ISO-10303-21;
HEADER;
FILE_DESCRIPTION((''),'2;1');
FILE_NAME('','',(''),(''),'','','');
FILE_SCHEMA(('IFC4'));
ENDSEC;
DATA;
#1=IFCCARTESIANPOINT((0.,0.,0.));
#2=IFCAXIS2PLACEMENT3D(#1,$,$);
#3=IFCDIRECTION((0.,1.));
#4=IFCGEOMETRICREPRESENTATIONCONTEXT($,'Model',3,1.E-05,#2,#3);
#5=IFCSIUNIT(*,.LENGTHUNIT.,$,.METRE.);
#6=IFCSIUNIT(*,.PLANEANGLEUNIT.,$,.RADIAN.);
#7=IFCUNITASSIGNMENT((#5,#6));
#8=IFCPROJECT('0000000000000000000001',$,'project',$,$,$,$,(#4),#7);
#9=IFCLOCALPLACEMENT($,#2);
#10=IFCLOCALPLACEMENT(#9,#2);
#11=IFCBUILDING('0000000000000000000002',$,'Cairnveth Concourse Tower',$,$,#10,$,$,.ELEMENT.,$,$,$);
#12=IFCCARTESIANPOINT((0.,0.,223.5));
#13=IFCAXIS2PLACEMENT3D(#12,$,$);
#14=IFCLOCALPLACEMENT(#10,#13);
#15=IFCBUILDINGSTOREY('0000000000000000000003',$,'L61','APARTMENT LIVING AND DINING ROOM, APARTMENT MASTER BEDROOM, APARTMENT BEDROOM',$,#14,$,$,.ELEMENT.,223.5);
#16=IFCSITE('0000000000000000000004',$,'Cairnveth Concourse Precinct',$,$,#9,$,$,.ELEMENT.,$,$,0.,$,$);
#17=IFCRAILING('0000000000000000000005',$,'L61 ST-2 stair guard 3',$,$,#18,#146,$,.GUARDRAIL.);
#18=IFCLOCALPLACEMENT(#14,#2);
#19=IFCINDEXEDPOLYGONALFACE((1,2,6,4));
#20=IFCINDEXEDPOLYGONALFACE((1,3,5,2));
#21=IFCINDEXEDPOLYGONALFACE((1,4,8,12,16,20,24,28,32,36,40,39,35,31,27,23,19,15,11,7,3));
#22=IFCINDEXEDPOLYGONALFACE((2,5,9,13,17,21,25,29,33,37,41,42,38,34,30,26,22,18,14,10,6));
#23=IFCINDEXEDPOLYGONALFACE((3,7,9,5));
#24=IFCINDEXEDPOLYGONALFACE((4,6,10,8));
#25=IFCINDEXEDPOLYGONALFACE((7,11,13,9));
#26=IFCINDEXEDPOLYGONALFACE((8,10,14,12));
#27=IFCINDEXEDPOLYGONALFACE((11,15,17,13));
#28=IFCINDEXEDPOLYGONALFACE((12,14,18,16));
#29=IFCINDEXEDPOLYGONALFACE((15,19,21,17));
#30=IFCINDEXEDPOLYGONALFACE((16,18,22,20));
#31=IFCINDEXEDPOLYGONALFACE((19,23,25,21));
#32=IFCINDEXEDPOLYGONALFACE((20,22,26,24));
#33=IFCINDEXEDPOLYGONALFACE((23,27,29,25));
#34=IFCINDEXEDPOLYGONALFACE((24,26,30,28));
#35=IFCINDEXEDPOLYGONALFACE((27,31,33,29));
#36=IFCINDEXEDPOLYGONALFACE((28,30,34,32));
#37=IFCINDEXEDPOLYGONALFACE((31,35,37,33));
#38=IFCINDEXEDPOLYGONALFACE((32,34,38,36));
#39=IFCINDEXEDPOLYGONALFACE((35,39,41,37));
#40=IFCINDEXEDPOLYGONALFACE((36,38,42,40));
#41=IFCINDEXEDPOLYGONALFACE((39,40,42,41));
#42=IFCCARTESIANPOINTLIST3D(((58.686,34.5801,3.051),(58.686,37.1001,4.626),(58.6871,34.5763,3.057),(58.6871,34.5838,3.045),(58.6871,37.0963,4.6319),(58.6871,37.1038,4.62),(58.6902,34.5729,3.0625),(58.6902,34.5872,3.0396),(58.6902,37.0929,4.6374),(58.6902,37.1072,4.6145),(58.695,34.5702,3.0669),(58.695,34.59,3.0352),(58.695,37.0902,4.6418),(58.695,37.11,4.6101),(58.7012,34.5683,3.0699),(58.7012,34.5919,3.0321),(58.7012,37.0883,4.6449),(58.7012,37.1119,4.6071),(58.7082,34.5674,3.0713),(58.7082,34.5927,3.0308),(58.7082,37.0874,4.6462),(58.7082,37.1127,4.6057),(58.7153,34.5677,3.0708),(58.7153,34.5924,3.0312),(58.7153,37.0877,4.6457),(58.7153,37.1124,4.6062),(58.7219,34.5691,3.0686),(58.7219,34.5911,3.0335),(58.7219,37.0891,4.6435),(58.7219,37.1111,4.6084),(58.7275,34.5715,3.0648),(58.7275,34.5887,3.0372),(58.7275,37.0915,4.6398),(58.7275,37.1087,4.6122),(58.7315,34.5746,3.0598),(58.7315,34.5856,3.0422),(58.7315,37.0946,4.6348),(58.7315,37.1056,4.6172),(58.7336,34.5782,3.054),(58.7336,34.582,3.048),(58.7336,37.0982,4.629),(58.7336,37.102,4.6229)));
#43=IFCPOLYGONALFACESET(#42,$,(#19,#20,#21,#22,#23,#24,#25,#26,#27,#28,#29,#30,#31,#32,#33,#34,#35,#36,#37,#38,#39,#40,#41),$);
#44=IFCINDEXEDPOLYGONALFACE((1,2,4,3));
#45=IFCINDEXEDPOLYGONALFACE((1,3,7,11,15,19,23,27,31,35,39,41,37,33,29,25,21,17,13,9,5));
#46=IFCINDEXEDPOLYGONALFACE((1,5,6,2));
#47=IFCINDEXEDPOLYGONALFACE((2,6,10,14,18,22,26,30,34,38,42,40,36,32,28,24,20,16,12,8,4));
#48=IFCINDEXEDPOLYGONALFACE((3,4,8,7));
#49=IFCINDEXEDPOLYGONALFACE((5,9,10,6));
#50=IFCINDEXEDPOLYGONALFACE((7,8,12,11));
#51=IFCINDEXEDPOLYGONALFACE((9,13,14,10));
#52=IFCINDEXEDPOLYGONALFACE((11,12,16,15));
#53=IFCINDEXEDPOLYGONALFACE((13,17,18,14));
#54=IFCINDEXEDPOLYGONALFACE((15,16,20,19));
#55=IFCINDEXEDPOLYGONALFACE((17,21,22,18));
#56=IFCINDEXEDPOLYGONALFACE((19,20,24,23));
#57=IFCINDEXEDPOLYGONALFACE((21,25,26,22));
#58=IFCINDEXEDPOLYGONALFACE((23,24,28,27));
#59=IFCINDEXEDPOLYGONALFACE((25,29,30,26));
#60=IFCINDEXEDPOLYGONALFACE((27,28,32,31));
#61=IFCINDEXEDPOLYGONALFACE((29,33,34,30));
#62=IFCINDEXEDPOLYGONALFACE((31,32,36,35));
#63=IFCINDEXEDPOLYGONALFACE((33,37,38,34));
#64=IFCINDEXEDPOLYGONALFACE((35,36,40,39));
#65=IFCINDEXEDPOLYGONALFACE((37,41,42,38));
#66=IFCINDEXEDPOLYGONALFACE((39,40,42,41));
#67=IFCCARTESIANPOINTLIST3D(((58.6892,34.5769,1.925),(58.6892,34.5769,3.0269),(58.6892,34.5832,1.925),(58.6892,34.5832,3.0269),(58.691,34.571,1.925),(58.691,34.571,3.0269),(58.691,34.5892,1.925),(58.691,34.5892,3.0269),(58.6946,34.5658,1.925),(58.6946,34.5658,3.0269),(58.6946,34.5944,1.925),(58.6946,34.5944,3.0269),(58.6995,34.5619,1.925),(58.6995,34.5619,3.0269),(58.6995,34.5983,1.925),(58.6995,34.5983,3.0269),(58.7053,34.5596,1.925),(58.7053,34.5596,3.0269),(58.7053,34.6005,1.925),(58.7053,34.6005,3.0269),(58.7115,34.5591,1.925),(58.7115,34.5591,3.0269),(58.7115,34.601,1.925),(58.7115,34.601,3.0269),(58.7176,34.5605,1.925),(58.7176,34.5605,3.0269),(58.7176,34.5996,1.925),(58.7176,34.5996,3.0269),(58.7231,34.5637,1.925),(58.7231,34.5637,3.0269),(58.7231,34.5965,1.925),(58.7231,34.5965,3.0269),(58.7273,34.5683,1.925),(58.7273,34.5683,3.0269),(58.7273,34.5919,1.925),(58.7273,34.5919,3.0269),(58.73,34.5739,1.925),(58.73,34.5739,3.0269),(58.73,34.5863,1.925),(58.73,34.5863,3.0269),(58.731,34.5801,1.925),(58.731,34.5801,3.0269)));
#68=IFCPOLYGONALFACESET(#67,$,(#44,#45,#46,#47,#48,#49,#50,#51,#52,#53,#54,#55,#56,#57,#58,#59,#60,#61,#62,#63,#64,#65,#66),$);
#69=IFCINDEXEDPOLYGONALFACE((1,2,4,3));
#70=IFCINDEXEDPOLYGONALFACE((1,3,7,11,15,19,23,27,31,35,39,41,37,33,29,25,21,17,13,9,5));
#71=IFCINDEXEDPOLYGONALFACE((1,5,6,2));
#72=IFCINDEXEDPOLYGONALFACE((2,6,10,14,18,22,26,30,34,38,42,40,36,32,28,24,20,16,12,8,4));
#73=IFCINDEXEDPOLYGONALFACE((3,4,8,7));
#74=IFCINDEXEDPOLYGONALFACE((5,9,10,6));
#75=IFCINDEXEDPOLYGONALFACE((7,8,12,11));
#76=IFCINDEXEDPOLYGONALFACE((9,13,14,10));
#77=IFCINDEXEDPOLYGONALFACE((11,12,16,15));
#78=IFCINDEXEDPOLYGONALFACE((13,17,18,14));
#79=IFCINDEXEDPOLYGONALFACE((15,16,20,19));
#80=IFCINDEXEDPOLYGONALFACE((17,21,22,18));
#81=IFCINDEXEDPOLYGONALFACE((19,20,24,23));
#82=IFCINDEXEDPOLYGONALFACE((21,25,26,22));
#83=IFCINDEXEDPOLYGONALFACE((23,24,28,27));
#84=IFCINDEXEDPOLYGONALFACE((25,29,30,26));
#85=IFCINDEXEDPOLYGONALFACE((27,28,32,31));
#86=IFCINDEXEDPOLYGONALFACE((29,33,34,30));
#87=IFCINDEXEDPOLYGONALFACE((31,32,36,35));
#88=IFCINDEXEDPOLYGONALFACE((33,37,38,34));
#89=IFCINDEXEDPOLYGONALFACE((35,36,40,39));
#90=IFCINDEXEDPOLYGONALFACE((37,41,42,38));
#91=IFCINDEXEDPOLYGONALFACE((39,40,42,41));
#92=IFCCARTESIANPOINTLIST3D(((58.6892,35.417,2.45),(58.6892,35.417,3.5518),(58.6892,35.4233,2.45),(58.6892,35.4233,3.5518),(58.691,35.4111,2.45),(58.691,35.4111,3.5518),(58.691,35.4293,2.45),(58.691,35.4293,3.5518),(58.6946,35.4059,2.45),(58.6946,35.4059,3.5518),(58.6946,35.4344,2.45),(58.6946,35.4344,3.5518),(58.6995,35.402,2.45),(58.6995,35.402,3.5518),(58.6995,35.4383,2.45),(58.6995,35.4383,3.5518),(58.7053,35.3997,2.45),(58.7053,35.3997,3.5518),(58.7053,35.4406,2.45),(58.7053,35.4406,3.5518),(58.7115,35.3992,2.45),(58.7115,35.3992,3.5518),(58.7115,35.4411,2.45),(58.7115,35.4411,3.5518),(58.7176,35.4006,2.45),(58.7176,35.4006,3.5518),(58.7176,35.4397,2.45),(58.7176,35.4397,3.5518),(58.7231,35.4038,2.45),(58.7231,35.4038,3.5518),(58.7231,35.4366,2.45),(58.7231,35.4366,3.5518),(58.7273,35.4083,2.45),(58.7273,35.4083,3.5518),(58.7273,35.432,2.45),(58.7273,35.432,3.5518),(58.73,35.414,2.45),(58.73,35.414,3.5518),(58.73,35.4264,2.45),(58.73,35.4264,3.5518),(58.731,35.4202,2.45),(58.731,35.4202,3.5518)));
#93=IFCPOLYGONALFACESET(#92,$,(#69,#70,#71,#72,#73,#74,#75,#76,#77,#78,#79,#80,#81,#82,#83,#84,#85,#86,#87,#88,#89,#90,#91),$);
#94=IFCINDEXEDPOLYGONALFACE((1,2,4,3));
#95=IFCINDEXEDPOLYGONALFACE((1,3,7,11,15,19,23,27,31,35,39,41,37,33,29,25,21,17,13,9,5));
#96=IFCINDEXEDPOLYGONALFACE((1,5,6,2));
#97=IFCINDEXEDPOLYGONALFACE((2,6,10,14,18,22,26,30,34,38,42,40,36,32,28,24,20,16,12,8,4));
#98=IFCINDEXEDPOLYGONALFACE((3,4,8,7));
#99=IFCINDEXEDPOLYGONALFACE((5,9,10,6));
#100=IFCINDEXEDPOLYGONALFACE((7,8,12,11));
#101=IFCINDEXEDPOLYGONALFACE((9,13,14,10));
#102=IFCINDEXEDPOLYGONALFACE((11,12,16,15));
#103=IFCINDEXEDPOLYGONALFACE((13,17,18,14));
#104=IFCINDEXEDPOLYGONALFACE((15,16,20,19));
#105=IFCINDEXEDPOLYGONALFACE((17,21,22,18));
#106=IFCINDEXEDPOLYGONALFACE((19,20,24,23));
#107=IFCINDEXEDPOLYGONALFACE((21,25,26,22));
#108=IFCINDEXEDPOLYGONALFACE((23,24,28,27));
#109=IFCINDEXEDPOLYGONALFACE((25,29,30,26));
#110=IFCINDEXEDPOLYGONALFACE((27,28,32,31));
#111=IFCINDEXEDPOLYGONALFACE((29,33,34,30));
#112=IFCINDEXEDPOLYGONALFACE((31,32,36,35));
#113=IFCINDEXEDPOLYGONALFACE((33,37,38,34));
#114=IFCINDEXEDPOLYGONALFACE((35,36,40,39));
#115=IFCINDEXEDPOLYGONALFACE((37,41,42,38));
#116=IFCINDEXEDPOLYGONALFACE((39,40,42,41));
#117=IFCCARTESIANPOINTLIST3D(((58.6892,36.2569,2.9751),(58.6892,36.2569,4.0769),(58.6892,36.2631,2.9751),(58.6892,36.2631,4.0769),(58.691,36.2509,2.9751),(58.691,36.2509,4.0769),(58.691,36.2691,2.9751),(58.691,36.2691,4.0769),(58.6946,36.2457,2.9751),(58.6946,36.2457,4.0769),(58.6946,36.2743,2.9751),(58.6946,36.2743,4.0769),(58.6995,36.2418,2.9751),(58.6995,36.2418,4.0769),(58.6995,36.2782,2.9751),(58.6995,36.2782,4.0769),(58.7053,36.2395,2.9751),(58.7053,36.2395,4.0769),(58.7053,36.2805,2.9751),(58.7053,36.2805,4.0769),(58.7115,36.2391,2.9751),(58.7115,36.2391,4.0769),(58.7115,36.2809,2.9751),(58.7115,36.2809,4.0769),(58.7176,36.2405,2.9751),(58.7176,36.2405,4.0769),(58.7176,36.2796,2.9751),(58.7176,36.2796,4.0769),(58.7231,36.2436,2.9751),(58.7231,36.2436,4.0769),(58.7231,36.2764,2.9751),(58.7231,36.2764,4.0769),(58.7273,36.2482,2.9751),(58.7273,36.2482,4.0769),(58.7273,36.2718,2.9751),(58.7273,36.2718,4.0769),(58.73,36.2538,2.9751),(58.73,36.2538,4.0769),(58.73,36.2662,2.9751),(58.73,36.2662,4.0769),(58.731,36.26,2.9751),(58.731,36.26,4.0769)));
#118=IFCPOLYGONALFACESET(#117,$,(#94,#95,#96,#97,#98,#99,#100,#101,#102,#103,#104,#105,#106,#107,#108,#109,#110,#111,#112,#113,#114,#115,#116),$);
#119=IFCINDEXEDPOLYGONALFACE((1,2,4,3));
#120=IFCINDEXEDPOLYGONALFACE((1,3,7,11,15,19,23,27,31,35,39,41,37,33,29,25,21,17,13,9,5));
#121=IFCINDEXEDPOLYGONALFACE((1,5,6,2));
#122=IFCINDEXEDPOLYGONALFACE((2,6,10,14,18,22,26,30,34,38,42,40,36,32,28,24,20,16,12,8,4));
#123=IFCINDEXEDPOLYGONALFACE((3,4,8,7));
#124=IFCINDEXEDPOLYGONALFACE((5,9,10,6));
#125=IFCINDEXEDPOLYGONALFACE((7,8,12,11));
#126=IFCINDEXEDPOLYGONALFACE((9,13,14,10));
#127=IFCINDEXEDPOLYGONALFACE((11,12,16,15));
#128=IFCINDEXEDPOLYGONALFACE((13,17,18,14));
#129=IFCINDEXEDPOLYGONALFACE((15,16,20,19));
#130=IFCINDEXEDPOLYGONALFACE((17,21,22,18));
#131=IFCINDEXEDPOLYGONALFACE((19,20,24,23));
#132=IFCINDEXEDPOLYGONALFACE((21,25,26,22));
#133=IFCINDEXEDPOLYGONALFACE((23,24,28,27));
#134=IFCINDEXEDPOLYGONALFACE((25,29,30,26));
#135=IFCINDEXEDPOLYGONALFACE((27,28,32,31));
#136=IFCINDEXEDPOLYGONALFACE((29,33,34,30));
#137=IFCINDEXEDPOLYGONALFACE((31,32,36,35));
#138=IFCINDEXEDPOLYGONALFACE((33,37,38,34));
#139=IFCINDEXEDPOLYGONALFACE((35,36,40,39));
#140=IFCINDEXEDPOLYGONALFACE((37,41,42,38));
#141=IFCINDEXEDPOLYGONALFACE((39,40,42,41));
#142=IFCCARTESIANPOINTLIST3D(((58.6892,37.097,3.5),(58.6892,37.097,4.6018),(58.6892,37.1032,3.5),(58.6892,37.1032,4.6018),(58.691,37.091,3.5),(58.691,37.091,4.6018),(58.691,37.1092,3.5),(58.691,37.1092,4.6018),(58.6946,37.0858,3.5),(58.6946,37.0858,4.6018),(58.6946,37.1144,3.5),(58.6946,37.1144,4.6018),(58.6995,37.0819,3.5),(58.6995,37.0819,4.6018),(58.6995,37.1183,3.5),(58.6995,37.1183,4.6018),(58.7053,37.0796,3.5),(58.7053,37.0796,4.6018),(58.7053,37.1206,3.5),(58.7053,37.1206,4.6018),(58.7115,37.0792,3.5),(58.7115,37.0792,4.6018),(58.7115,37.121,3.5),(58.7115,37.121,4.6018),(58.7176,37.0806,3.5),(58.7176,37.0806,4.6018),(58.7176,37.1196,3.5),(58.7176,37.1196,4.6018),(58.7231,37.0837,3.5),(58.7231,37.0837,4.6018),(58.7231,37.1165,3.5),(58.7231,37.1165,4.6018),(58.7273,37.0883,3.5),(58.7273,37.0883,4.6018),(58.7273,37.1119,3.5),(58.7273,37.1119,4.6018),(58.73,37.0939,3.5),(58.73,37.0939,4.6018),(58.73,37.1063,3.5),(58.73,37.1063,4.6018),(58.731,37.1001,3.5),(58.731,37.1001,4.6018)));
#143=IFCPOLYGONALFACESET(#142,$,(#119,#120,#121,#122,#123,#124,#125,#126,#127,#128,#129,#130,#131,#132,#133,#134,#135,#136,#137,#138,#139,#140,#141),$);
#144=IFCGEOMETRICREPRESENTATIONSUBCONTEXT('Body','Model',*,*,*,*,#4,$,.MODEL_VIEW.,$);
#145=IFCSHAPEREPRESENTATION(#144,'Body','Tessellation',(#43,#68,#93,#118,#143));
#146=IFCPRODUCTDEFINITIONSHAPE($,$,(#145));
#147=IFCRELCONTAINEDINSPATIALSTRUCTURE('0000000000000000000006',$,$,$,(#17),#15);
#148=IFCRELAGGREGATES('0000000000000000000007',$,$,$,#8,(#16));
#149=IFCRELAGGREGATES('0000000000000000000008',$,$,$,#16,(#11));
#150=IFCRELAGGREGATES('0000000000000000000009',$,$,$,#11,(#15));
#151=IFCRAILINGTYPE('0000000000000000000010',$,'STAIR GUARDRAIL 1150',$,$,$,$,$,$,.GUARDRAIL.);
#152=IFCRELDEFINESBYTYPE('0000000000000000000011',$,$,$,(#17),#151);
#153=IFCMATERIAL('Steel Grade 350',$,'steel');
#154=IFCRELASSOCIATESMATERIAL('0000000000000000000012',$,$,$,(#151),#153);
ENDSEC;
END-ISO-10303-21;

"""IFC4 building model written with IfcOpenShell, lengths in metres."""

from ifc_helpers import new_model, si_unit, direction, frame, origin, origin_2d, place, context, subcontext, project, spatial, circle, extrude, material, type_object, element, save


model = new_model("IFC4")

# Units and contexts
model_context = context("Model", 3, precision=1e-05, world=origin(), true_north=direction((0.0, 1.0)))
body_context = subcontext(model_context, "Body", "Model", "MODEL_VIEW")
ifc_project = project(units=[si_unit("LENGTHUNIT", "METRE"), si_unit("PLANEANGLEUNIT", "RADIAN")], contexts=[model_context])

# Site, building, storey
site_placement = place(None, origin())
site = spatial("IfcSite", under=ifc_project, at=site_placement, Name="Cairnveth Concourse Precinct", CompositionType="ELEMENT", RefElevation=0.0)
building_placement = place(site_placement, origin())
building = spatial("IfcBuilding", under=site, at=building_placement, Name="Cairnveth Concourse Tower", CompositionType="ELEMENT")
storey_placement = place(building_placement, frame((0.0, 0.0, 223.5)))
storey = spatial("IfcBuildingStorey", under=building, at=storey_placement, Name="L61", Description="APARTMENT LIVING AND DINING ROOM, APARTMENT MASTER BEDROOM, APARTMENT BEDROOM", CompositionType="ELEMENT", Elevation=223.5)

# Shared definitions
ifc_material_1 = material(Name="Steel Grade 350", Category="steel")

# Railing
railing_type_1 = type_object("IfcRailingType", Name="STAIR GUARDRAIL 1150", PredefinedType="GUARDRAIL", material=ifc_material_1)
railing_1_placement = place(storey_placement, frame((58.71, 34.5801, 1.925)))
element("IfcRailing", 1, at=railing_1_placement, inside=storey, type_object=railing_type_1, Name="L61 ST-2 stair guard 3", PredefinedType="GUARDRAIL", context=body_context, shape_type="SweptSolid", body=[
    extrude(circle(Radius=0.0239, at=origin_2d()), frame((0.0, 0.0, 1.126), z_axis=(0.0, 0.848008, 0.529984), x_axis=(-1.0, 0.0, 0.0)), (0.0, 0.0, 1.0), 2.9717),
    extrude(circle(Radius=0.021, at=origin_2d()), origin(), (0.0, 0.0, 1.0), 1.1018),
    extrude(circle(Radius=0.021, at=origin_2d()), frame((0.0, 0.8401, 0.5249)), (0.0, 0.0, 1.0), 1.1018),
    extrude(circle(Radius=0.021, at=origin_2d()), frame((0.0, 1.6799, 1.05)), (0.0, 0.0, 1.0), 1.1018),
    extrude(circle(Radius=0.021, at=origin_2d()), frame((0.0, 2.52, 1.575)), (0.0, 0.0, 1.0), 1.1018),
])

save(model, "model.ifc")
